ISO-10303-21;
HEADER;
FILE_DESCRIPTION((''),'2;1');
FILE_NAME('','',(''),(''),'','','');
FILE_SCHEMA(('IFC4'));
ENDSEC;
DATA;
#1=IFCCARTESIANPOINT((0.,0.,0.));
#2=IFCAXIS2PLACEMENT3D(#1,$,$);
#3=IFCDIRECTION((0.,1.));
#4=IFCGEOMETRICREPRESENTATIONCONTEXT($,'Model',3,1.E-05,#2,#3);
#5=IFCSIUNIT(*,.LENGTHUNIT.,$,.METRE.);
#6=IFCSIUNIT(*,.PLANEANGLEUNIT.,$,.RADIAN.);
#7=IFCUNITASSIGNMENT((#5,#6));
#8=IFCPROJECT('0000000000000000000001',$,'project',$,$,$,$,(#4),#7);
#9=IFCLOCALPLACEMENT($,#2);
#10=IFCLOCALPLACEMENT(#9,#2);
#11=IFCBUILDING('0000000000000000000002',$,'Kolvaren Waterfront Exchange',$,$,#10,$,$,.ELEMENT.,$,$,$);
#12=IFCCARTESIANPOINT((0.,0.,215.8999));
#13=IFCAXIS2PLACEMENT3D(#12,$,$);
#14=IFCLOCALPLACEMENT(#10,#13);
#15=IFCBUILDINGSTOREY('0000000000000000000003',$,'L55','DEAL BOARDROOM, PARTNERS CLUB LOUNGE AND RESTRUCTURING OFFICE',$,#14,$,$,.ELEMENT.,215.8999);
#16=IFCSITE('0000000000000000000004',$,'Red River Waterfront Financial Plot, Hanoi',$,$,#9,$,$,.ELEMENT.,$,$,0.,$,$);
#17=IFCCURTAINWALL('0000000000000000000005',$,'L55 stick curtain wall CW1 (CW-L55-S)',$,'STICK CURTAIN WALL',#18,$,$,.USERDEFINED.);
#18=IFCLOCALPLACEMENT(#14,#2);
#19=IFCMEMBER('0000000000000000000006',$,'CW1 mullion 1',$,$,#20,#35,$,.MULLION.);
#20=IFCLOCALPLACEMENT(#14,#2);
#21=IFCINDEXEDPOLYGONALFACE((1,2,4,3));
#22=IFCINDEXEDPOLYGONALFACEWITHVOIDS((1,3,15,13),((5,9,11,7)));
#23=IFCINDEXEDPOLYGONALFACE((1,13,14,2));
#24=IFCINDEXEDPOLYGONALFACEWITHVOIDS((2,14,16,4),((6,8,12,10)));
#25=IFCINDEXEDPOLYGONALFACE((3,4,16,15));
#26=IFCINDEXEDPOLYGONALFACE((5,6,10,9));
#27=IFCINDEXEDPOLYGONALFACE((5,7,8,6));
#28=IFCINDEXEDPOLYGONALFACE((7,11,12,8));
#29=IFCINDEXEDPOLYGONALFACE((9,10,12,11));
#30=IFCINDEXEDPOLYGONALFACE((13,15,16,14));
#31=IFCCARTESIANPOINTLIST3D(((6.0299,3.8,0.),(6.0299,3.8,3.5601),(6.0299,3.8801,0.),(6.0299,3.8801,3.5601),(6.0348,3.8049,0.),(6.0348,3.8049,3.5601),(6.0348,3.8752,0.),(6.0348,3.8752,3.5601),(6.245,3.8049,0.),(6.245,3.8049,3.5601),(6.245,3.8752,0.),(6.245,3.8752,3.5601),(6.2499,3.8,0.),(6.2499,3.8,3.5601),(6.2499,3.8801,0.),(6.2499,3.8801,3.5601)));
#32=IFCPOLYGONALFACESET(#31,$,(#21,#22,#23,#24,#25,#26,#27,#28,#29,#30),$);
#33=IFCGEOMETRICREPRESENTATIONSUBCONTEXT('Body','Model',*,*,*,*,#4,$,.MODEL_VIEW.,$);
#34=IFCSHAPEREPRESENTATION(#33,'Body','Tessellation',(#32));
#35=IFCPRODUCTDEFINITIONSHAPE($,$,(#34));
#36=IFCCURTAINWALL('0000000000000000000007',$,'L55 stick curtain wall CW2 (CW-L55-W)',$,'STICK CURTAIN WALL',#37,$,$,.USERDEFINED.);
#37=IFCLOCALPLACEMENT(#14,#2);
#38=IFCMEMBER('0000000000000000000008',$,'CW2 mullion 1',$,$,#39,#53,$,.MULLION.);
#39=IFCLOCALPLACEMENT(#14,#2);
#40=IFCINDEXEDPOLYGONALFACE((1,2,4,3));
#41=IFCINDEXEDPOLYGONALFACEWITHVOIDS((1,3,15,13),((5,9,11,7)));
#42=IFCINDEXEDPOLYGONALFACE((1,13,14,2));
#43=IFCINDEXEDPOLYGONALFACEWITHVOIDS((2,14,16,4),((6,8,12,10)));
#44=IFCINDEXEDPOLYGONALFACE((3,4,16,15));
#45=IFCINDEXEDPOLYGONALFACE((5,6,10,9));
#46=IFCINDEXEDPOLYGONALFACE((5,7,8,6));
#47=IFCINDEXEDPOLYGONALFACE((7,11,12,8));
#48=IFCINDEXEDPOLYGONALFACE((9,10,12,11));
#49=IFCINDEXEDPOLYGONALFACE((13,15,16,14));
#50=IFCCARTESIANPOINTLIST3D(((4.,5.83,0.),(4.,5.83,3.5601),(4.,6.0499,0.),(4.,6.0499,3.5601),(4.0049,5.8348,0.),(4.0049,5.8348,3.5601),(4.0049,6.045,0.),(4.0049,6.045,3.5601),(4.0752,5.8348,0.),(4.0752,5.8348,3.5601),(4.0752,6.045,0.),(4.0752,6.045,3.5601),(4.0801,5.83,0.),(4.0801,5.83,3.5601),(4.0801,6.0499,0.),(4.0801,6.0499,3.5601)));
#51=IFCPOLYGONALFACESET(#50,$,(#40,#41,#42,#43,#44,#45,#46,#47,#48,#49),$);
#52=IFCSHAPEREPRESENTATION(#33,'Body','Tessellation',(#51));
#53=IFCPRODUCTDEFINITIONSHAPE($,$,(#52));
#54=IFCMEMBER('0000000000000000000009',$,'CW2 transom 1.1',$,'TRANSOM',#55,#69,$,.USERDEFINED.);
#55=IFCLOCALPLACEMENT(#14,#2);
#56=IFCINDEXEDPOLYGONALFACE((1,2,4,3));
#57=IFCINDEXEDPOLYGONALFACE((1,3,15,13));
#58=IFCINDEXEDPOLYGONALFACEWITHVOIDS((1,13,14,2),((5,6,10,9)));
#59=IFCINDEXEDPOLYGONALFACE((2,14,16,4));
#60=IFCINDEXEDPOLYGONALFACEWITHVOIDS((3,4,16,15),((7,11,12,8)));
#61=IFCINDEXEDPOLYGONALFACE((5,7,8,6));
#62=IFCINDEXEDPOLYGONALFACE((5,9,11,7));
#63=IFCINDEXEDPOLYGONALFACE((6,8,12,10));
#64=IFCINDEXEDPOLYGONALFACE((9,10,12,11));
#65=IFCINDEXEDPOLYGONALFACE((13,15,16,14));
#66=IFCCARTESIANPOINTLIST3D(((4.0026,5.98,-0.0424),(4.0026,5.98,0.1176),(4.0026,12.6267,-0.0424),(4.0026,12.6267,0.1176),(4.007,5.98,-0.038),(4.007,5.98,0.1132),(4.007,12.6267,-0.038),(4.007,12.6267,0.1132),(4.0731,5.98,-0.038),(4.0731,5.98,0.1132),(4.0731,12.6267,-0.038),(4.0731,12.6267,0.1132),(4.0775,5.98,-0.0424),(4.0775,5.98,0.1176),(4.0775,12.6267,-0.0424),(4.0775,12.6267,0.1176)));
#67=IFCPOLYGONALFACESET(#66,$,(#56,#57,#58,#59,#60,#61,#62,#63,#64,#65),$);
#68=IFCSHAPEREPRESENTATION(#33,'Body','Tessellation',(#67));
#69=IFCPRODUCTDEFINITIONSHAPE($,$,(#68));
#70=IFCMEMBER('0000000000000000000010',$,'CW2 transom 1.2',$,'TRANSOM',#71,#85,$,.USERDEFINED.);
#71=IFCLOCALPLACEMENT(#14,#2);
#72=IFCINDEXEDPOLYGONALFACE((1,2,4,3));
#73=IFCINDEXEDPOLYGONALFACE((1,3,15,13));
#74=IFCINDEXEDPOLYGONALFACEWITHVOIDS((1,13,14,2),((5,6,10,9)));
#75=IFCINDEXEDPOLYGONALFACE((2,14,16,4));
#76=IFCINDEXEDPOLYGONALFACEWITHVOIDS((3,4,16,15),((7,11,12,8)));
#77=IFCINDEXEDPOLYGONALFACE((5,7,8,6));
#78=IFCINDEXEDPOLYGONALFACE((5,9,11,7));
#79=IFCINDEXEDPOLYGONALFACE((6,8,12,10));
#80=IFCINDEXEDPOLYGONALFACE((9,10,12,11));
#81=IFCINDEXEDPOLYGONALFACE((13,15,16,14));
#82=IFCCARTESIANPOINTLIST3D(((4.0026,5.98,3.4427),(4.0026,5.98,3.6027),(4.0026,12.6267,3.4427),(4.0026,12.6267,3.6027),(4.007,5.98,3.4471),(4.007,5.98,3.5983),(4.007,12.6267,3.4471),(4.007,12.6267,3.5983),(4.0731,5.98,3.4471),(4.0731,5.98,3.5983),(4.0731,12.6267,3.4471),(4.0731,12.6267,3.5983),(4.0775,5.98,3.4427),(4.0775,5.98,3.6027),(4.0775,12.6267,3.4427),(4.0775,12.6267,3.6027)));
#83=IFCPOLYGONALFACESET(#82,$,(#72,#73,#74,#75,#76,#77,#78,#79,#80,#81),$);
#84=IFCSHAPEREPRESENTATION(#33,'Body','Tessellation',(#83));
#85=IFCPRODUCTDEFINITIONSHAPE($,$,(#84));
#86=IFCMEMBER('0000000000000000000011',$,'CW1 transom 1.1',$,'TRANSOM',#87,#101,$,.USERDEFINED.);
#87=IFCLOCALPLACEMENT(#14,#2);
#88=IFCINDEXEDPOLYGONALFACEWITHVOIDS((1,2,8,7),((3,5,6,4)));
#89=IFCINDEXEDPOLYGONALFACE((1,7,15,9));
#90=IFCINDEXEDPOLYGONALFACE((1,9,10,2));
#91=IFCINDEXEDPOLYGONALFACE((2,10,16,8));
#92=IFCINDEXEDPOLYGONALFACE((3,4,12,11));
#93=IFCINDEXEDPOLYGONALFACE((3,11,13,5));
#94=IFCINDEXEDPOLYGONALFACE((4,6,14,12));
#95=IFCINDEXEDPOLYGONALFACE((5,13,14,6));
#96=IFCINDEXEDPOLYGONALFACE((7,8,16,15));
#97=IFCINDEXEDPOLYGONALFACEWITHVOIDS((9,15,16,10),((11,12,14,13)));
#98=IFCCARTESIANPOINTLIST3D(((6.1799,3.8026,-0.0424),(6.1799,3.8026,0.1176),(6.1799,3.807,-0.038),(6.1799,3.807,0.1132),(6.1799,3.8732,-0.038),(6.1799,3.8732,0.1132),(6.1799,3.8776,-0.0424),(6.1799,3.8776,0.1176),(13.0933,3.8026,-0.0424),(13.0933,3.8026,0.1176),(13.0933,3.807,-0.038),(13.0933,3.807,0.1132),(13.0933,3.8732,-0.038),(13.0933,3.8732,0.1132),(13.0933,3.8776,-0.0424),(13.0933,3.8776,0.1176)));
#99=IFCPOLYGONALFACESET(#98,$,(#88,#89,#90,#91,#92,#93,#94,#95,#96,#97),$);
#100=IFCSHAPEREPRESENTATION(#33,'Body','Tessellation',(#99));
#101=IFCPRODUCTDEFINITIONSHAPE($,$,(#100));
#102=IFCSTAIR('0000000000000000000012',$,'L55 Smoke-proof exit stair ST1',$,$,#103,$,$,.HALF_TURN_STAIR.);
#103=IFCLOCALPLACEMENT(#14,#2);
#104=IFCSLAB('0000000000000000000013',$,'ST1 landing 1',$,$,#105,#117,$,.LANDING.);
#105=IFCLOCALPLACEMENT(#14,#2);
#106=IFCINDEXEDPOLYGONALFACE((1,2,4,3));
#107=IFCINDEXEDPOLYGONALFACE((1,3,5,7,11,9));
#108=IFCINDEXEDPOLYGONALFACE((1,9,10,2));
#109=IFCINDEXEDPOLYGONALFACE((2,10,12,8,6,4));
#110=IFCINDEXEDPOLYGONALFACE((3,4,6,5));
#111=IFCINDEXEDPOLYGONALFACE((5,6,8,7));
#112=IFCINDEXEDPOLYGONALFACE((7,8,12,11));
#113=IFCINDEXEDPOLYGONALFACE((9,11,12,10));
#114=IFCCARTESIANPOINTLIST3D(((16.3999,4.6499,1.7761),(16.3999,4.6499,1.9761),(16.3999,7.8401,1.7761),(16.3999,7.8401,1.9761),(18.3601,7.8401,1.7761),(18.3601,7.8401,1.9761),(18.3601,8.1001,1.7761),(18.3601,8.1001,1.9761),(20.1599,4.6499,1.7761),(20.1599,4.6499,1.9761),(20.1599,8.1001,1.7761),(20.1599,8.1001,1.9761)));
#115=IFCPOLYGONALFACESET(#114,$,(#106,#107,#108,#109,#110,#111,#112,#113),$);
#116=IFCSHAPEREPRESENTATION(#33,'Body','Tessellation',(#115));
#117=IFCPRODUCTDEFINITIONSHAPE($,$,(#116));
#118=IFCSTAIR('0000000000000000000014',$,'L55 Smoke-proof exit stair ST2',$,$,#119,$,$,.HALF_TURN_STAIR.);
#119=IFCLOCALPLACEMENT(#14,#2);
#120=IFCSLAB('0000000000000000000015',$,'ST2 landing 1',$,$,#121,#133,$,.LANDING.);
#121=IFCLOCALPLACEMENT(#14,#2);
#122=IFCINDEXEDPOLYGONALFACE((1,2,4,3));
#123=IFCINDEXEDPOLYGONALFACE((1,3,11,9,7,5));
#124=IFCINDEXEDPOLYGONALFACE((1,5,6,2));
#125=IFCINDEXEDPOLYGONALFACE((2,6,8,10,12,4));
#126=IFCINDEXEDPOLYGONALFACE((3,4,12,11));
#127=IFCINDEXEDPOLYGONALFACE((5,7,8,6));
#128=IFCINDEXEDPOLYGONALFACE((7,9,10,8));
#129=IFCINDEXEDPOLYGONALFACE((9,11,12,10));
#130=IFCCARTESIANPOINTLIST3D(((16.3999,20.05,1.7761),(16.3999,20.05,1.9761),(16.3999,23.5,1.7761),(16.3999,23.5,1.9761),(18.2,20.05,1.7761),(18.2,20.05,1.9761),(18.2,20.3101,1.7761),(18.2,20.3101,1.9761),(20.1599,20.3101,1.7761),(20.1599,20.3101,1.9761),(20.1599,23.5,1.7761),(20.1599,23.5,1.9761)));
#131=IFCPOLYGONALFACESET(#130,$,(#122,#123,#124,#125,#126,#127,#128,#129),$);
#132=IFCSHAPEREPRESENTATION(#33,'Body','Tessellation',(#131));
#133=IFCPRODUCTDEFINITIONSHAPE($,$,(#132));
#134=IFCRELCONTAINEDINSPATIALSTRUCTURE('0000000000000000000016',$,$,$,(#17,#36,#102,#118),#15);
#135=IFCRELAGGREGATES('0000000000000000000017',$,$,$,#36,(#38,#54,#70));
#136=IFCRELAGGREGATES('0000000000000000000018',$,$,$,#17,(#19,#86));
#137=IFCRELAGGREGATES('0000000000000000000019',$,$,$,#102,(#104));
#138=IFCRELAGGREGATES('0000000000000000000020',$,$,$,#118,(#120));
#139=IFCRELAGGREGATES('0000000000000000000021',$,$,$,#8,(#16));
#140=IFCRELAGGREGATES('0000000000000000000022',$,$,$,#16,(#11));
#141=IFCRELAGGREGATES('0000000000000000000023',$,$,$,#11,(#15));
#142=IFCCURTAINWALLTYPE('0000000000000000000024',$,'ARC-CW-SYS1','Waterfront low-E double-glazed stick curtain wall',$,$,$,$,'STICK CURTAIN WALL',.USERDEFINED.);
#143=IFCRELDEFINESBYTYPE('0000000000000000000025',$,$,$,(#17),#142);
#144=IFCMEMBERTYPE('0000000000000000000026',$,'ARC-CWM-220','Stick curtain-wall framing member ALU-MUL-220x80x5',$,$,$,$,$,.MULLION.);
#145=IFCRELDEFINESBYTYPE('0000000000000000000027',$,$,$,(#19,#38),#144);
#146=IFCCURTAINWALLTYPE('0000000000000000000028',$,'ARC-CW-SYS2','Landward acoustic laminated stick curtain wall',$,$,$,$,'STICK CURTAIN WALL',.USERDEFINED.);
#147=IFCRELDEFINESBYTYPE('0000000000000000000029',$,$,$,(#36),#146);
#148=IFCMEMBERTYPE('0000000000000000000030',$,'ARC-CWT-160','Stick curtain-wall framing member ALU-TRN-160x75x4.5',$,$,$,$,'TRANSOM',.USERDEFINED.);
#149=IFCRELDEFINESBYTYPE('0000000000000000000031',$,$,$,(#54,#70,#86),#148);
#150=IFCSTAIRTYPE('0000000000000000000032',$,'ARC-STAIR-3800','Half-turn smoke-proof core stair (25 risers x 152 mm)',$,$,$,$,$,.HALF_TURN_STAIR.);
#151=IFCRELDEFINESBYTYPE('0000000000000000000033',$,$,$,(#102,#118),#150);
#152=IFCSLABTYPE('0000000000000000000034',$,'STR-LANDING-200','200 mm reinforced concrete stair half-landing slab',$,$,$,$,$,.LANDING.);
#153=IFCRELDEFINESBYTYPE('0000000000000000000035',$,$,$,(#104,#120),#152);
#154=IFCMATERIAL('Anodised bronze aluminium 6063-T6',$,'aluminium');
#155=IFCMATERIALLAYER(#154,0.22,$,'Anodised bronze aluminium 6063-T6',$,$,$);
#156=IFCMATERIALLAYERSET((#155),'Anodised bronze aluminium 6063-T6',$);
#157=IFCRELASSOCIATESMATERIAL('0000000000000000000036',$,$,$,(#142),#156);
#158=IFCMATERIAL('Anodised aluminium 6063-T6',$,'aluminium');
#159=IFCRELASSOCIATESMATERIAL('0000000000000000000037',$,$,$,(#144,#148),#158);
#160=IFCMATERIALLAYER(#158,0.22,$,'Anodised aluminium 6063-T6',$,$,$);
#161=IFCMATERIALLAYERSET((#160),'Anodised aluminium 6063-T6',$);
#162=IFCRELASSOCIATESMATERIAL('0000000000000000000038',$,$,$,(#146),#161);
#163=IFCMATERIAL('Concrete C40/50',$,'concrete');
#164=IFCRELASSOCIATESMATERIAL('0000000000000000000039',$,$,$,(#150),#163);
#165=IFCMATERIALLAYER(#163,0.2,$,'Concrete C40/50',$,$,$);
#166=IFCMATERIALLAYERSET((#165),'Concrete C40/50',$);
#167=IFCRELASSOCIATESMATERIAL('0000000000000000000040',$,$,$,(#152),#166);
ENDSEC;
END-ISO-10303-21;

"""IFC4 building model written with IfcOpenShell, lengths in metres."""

from ifc_helpers import new_model, si_unit, direction, frame, origin, origin_with_axes, origin_2d, place, context, subcontext, project, spatial, polyline, hollow_rectangle, outline, extrude, source, transform, mapped, material, layer, layer_set, material_profile, profile_set, type_object, element, aggregate, save


model = new_model("IFC4")

# Units and contexts
model_context = context("Model", 3, precision=1e-05, world=origin(), true_north=direction((0.0, 1.0)))
body_context = subcontext(model_context, "Body", "Model", "MODEL_VIEW")
ifc_project = project(units=[si_unit("LENGTHUNIT", "METRE"), si_unit("PLANEANGLEUNIT", "RADIAN")], contexts=[model_context])

# Site, building, storey
site_placement = place(None, origin())
site = spatial("IfcSite", under=ifc_project, at=site_placement, Name="Red River Waterfront Financial Plot, Hanoi", CompositionType="ELEMENT", RefElevation=0.0)
building_placement = place(site_placement, origin())
building = spatial("IfcBuilding", under=site, at=building_placement, Name="Kolvaren Waterfront Exchange", CompositionType="ELEMENT")
storey_placement = place(building_placement, frame((0.0, 0.0, 215.8999)))
storey = spatial("IfcBuildingStorey", under=building, at=storey_placement, Name="L55", Description="DEAL BOARDROOM, PARTNERS CLUB LOUNGE AND RESTRUCTURING OFFICE", CompositionType="ELEMENT", Elevation=215.8999)

# Curtain wall, member
ifc_material_1 = material(Name="Anodised bronze aluminium 6063-T6", Category="aluminium")
ifc_layer_1 = layer(ifc_material_1, 0.22, Name="Anodised bronze aluminium 6063-T6")
ifc_layer_set_1 = layer_set([ifc_layer_1], Name="Anodised bronze aluminium 6063-T6")
curtain_wall_type_1 = type_object("IfcCurtainWallType", Name="ARC-CW-SYS1", Description="Waterfront low-E double-glazed stick curtain wall", ElementType="STICK CURTAIN WALL", PredefinedType="USERDEFINED", material=ifc_layer_set_1)
curtain_wall_1_placement = place(storey_placement, origin())
curtain_wall_1 = element("IfcCurtainWall", 1, at=curtain_wall_1_placement, inside=storey, type_object=curtain_wall_type_1, Name="L55 stick curtain wall CW1 (CW-L55-S)", ObjectType="STICK CURTAIN WALL", PredefinedType="USERDEFINED")
ifc_material_2 = material(Name="Anodised aluminium 6063-T6", Category="aluminium")
ifc_material_profile_1 = material_profile(ifc_material_2, hollow_rectangle(XDim=0.0801, YDim=0.22, WallThickness=0.0049, at=origin_2d()), Name="ALU-MUL-220x80x5")
ifc_profile_set_1 = profile_set([ifc_material_profile_1], Name="Anodised aluminium 6063-T6")
member_type_1 = type_object("IfcMemberType", Name="ARC-CWM-220", Description="Stick curtain-wall framing member ALU-MUL-220x80x5", PredefinedType="MULLION", material=ifc_profile_set_1)
shared_shape_1 = source(origin_with_axes(), body_context, "Body", "SweptSolid", [
    extrude(hollow_rectangle(XDim=0.0801, YDim=0.22, WallThickness=0.0049, at=origin_2d()), origin(), (0.0, 0.0, 1.0), 3.5601),
])
member_1_placement = place(storey_placement, frame((6.1399, 3.8401, 0.0), z_axis=(0.0, 0.0, 1.0), x_axis=(0.0, 1.0, 0.0)))
member_1 = element("IfcMember", 2, at=member_1_placement, type_object=member_type_1, Name="CW1 mullion 1", PredefinedType="MULLION", context=body_context, shape_type="MappedRepresentation", body=[
    mapped(shared_shape_1, transform((0.0, 0.0, 0.0), x_axis=(1.0, 0.0, 0.0), y_axis=(0.0, 1.0, 0.0), z_axis=(0.0, 0.0, 1.0), scale=1.0)),
])

# Curtain wall, members
ifc_layer_2 = layer(ifc_material_2, 0.22, Name="Anodised aluminium 6063-T6")
ifc_layer_set_2 = layer_set([ifc_layer_2], Name="Anodised aluminium 6063-T6")
curtain_wall_type_2 = type_object("IfcCurtainWallType", Name="ARC-CW-SYS2", Description="Landward acoustic laminated stick curtain wall", ElementType="STICK CURTAIN WALL", PredefinedType="USERDEFINED", material=ifc_layer_set_2)
curtain_wall_2_placement = place(storey_placement, origin())
curtain_wall_2 = element("IfcCurtainWall", 3, at=curtain_wall_2_placement, inside=storey, type_object=curtain_wall_type_2, Name="L55 stick curtain wall CW2 (CW-L55-W)", ObjectType="STICK CURTAIN WALL", PredefinedType="USERDEFINED")
member_2_placement = place(storey_placement, frame((4.04, 5.9399, 0.0), z_axis=(0.0, 0.0, 1.0), x_axis=(-1.0, 0.0, 0.0)))
member_2 = element("IfcMember", 4, at=member_2_placement, type_object=member_type_1, Name="CW2 mullion 1", PredefinedType="MULLION", context=body_context, shape_type="MappedRepresentation", body=[
    mapped(shared_shape_1, transform((0.0, 0.0, 0.0), x_axis=(1.0, 0.0, 0.0), y_axis=(0.0, 1.0, 0.0), z_axis=(0.0, 0.0, 1.0), scale=1.0)),
])
ifc_material_profile_2 = material_profile(ifc_material_2, hollow_rectangle(XDim=0.075, YDim=0.1599, WallThickness=0.0044, at=origin_2d()), Name="ALU-TRN-160x75x4.5")
ifc_profile_set_2 = profile_set([ifc_material_profile_2], Name="Anodised aluminium 6063-T6")
member_type_2 = type_object("IfcMemberType", Name="ARC-CWT-160", Description="Stick curtain-wall framing member ALU-TRN-160x75x4.5", ElementType="TRANSOM", PredefinedType="USERDEFINED", material=ifc_profile_set_2)
shared_shape_2 = source(origin_with_axes(), body_context, "Body", "SweptSolid", [
    extrude(hollow_rectangle(XDim=0.075, YDim=0.1599, WallThickness=0.0044, at=origin_2d()), origin(), (0.0, 0.0, 1.0), 6.6467),
])
member_3_placement = place(storey_placement, frame((4.04, 5.98, 0.0376), z_axis=(0.0, 1.0, 0.0), x_axis=(-1.0, 0.0, 0.0)))
member_3 = element("IfcMember", 5, at=member_3_placement, type_object=member_type_2, Name="CW2 transom 1.1", ObjectType="TRANSOM", PredefinedType="USERDEFINED", context=body_context, shape_type="MappedRepresentation", body=[
    mapped(shared_shape_2, transform((0.0, 0.0, 0.0), x_axis=(1.0, 0.0, 0.0), y_axis=(0.0, 1.0, 0.0), z_axis=(0.0, 0.0, 1.0), scale=1.0)),
])
member_4_placement = place(storey_placement, frame((4.04, 5.98, 3.5227), z_axis=(0.0, 1.0, 0.0), x_axis=(-1.0, 0.0, 0.0)))
member_4 = element("IfcMember", 6, at=member_4_placement, type_object=member_type_2, Name="CW2 transom 1.2", ObjectType="TRANSOM", PredefinedType="USERDEFINED", context=body_context, shape_type="MappedRepresentation", body=[
    mapped(shared_shape_2, transform((0.0, 0.0, 0.0), x_axis=(1.0, 0.0, 0.0), y_axis=(0.0, 1.0, 0.0), z_axis=(0.0, 0.0, 1.0), scale=1.0)),
])
aggregate(curtain_wall_2, [member_2, member_3, member_4])

# Member
shared_shape_3 = source(origin_with_axes(), body_context, "Body", "SweptSolid", [
    extrude(hollow_rectangle(XDim=0.075, YDim=0.1599, WallThickness=0.0044, at=origin_2d()), origin(), (0.0, 0.0, 1.0), 6.9133),
])
member_5_placement = place(storey_placement, frame((6.1799, 3.8401, 0.0376), z_axis=(1.0, 0.0, 0.0), x_axis=(0.0, 1.0, 0.0)))
member_5 = element("IfcMember", 7, at=member_5_placement, type_object=member_type_2, Name="CW1 transom 1.1", ObjectType="TRANSOM", PredefinedType="USERDEFINED", context=body_context, shape_type="MappedRepresentation", body=[
    mapped(shared_shape_3, transform((0.0, 0.0, 0.0), x_axis=(1.0, 0.0, 0.0), y_axis=(0.0, 1.0, 0.0), z_axis=(0.0, 0.0, 1.0), scale=1.0)),
])
aggregate(curtain_wall_1, [member_1, member_5])

# Stairs, slabs
ifc_material_3 = material(Name="Concrete C40/50", Category="concrete")
stair_type = type_object("IfcStairType", Name="ARC-STAIR-3800", Description="Half-turn smoke-proof core stair (25 risers x 152 mm)", PredefinedType="HALF_TURN_STAIR", material=ifc_material_3)
stair_1_placement = place(storey_placement, origin())
stair_1 = element("IfcStair", 8, at=stair_1_placement, inside=storey, type_object=stair_type, Name="L55 Smoke-proof exit stair ST1", PredefinedType="HALF_TURN_STAIR")
ifc_layer_3 = layer(ifc_material_3, 0.2, Name="Concrete C40/50")
ifc_layer_set_3 = layer_set([ifc_layer_3], Name="Concrete C40/50")
slab_type_1 = type_object("IfcSlabType", Name="STR-LANDING-200", Description="200 mm reinforced concrete stair half-landing slab", PredefinedType="LANDING", material=ifc_layer_set_3)
slab_1_placement = place(storey_placement, frame((0.0, 0.0, 1.7761)))
slab_1 = element("IfcSlab", 9, at=slab_1_placement, type_object=slab_type_1, Name="ST1 landing 1", PredefinedType="LANDING", context=body_context, shape_type="SweptSolid", body=[
    extrude(outline(polyline([(16.3999, 7.8401), (16.3999, 4.6499), (20.1599, 4.6499), (20.1599, 8.1001), (18.3601, 8.1001), (18.3601, 7.8401), (16.3999, 7.8401)])), origin(), (0.0, 0.0, 1.0), 0.2),
])
aggregate(stair_1, [slab_1])
stair_2_placement = place(storey_placement, origin())
stair_2 = element("IfcStair", 10, at=stair_2_placement, inside=storey, type_object=stair_type, Name="L55 Smoke-proof exit stair ST2", PredefinedType="HALF_TURN_STAIR")
slab_2_placement = place(storey_placement, frame((0.0, 0.0, 1.7761)))
slab_2 = element("IfcSlab", 11, at=slab_2_placement, type_object=slab_type_1, Name="ST2 landing 1", PredefinedType="LANDING", context=body_context, shape_type="SweptSolid", body=[
    extrude(outline(polyline([(20.1599, 20.3101), (20.1599, 23.5), (16.3999, 23.5), (16.3999, 20.05), (18.2, 20.05), (18.2, 20.3101), (20.1599, 20.3101)])), origin(), (0.0, 0.0, 1.0), 0.2),
])
aggregate(stair_2, [slab_2])

save(model, "model.ifc")
